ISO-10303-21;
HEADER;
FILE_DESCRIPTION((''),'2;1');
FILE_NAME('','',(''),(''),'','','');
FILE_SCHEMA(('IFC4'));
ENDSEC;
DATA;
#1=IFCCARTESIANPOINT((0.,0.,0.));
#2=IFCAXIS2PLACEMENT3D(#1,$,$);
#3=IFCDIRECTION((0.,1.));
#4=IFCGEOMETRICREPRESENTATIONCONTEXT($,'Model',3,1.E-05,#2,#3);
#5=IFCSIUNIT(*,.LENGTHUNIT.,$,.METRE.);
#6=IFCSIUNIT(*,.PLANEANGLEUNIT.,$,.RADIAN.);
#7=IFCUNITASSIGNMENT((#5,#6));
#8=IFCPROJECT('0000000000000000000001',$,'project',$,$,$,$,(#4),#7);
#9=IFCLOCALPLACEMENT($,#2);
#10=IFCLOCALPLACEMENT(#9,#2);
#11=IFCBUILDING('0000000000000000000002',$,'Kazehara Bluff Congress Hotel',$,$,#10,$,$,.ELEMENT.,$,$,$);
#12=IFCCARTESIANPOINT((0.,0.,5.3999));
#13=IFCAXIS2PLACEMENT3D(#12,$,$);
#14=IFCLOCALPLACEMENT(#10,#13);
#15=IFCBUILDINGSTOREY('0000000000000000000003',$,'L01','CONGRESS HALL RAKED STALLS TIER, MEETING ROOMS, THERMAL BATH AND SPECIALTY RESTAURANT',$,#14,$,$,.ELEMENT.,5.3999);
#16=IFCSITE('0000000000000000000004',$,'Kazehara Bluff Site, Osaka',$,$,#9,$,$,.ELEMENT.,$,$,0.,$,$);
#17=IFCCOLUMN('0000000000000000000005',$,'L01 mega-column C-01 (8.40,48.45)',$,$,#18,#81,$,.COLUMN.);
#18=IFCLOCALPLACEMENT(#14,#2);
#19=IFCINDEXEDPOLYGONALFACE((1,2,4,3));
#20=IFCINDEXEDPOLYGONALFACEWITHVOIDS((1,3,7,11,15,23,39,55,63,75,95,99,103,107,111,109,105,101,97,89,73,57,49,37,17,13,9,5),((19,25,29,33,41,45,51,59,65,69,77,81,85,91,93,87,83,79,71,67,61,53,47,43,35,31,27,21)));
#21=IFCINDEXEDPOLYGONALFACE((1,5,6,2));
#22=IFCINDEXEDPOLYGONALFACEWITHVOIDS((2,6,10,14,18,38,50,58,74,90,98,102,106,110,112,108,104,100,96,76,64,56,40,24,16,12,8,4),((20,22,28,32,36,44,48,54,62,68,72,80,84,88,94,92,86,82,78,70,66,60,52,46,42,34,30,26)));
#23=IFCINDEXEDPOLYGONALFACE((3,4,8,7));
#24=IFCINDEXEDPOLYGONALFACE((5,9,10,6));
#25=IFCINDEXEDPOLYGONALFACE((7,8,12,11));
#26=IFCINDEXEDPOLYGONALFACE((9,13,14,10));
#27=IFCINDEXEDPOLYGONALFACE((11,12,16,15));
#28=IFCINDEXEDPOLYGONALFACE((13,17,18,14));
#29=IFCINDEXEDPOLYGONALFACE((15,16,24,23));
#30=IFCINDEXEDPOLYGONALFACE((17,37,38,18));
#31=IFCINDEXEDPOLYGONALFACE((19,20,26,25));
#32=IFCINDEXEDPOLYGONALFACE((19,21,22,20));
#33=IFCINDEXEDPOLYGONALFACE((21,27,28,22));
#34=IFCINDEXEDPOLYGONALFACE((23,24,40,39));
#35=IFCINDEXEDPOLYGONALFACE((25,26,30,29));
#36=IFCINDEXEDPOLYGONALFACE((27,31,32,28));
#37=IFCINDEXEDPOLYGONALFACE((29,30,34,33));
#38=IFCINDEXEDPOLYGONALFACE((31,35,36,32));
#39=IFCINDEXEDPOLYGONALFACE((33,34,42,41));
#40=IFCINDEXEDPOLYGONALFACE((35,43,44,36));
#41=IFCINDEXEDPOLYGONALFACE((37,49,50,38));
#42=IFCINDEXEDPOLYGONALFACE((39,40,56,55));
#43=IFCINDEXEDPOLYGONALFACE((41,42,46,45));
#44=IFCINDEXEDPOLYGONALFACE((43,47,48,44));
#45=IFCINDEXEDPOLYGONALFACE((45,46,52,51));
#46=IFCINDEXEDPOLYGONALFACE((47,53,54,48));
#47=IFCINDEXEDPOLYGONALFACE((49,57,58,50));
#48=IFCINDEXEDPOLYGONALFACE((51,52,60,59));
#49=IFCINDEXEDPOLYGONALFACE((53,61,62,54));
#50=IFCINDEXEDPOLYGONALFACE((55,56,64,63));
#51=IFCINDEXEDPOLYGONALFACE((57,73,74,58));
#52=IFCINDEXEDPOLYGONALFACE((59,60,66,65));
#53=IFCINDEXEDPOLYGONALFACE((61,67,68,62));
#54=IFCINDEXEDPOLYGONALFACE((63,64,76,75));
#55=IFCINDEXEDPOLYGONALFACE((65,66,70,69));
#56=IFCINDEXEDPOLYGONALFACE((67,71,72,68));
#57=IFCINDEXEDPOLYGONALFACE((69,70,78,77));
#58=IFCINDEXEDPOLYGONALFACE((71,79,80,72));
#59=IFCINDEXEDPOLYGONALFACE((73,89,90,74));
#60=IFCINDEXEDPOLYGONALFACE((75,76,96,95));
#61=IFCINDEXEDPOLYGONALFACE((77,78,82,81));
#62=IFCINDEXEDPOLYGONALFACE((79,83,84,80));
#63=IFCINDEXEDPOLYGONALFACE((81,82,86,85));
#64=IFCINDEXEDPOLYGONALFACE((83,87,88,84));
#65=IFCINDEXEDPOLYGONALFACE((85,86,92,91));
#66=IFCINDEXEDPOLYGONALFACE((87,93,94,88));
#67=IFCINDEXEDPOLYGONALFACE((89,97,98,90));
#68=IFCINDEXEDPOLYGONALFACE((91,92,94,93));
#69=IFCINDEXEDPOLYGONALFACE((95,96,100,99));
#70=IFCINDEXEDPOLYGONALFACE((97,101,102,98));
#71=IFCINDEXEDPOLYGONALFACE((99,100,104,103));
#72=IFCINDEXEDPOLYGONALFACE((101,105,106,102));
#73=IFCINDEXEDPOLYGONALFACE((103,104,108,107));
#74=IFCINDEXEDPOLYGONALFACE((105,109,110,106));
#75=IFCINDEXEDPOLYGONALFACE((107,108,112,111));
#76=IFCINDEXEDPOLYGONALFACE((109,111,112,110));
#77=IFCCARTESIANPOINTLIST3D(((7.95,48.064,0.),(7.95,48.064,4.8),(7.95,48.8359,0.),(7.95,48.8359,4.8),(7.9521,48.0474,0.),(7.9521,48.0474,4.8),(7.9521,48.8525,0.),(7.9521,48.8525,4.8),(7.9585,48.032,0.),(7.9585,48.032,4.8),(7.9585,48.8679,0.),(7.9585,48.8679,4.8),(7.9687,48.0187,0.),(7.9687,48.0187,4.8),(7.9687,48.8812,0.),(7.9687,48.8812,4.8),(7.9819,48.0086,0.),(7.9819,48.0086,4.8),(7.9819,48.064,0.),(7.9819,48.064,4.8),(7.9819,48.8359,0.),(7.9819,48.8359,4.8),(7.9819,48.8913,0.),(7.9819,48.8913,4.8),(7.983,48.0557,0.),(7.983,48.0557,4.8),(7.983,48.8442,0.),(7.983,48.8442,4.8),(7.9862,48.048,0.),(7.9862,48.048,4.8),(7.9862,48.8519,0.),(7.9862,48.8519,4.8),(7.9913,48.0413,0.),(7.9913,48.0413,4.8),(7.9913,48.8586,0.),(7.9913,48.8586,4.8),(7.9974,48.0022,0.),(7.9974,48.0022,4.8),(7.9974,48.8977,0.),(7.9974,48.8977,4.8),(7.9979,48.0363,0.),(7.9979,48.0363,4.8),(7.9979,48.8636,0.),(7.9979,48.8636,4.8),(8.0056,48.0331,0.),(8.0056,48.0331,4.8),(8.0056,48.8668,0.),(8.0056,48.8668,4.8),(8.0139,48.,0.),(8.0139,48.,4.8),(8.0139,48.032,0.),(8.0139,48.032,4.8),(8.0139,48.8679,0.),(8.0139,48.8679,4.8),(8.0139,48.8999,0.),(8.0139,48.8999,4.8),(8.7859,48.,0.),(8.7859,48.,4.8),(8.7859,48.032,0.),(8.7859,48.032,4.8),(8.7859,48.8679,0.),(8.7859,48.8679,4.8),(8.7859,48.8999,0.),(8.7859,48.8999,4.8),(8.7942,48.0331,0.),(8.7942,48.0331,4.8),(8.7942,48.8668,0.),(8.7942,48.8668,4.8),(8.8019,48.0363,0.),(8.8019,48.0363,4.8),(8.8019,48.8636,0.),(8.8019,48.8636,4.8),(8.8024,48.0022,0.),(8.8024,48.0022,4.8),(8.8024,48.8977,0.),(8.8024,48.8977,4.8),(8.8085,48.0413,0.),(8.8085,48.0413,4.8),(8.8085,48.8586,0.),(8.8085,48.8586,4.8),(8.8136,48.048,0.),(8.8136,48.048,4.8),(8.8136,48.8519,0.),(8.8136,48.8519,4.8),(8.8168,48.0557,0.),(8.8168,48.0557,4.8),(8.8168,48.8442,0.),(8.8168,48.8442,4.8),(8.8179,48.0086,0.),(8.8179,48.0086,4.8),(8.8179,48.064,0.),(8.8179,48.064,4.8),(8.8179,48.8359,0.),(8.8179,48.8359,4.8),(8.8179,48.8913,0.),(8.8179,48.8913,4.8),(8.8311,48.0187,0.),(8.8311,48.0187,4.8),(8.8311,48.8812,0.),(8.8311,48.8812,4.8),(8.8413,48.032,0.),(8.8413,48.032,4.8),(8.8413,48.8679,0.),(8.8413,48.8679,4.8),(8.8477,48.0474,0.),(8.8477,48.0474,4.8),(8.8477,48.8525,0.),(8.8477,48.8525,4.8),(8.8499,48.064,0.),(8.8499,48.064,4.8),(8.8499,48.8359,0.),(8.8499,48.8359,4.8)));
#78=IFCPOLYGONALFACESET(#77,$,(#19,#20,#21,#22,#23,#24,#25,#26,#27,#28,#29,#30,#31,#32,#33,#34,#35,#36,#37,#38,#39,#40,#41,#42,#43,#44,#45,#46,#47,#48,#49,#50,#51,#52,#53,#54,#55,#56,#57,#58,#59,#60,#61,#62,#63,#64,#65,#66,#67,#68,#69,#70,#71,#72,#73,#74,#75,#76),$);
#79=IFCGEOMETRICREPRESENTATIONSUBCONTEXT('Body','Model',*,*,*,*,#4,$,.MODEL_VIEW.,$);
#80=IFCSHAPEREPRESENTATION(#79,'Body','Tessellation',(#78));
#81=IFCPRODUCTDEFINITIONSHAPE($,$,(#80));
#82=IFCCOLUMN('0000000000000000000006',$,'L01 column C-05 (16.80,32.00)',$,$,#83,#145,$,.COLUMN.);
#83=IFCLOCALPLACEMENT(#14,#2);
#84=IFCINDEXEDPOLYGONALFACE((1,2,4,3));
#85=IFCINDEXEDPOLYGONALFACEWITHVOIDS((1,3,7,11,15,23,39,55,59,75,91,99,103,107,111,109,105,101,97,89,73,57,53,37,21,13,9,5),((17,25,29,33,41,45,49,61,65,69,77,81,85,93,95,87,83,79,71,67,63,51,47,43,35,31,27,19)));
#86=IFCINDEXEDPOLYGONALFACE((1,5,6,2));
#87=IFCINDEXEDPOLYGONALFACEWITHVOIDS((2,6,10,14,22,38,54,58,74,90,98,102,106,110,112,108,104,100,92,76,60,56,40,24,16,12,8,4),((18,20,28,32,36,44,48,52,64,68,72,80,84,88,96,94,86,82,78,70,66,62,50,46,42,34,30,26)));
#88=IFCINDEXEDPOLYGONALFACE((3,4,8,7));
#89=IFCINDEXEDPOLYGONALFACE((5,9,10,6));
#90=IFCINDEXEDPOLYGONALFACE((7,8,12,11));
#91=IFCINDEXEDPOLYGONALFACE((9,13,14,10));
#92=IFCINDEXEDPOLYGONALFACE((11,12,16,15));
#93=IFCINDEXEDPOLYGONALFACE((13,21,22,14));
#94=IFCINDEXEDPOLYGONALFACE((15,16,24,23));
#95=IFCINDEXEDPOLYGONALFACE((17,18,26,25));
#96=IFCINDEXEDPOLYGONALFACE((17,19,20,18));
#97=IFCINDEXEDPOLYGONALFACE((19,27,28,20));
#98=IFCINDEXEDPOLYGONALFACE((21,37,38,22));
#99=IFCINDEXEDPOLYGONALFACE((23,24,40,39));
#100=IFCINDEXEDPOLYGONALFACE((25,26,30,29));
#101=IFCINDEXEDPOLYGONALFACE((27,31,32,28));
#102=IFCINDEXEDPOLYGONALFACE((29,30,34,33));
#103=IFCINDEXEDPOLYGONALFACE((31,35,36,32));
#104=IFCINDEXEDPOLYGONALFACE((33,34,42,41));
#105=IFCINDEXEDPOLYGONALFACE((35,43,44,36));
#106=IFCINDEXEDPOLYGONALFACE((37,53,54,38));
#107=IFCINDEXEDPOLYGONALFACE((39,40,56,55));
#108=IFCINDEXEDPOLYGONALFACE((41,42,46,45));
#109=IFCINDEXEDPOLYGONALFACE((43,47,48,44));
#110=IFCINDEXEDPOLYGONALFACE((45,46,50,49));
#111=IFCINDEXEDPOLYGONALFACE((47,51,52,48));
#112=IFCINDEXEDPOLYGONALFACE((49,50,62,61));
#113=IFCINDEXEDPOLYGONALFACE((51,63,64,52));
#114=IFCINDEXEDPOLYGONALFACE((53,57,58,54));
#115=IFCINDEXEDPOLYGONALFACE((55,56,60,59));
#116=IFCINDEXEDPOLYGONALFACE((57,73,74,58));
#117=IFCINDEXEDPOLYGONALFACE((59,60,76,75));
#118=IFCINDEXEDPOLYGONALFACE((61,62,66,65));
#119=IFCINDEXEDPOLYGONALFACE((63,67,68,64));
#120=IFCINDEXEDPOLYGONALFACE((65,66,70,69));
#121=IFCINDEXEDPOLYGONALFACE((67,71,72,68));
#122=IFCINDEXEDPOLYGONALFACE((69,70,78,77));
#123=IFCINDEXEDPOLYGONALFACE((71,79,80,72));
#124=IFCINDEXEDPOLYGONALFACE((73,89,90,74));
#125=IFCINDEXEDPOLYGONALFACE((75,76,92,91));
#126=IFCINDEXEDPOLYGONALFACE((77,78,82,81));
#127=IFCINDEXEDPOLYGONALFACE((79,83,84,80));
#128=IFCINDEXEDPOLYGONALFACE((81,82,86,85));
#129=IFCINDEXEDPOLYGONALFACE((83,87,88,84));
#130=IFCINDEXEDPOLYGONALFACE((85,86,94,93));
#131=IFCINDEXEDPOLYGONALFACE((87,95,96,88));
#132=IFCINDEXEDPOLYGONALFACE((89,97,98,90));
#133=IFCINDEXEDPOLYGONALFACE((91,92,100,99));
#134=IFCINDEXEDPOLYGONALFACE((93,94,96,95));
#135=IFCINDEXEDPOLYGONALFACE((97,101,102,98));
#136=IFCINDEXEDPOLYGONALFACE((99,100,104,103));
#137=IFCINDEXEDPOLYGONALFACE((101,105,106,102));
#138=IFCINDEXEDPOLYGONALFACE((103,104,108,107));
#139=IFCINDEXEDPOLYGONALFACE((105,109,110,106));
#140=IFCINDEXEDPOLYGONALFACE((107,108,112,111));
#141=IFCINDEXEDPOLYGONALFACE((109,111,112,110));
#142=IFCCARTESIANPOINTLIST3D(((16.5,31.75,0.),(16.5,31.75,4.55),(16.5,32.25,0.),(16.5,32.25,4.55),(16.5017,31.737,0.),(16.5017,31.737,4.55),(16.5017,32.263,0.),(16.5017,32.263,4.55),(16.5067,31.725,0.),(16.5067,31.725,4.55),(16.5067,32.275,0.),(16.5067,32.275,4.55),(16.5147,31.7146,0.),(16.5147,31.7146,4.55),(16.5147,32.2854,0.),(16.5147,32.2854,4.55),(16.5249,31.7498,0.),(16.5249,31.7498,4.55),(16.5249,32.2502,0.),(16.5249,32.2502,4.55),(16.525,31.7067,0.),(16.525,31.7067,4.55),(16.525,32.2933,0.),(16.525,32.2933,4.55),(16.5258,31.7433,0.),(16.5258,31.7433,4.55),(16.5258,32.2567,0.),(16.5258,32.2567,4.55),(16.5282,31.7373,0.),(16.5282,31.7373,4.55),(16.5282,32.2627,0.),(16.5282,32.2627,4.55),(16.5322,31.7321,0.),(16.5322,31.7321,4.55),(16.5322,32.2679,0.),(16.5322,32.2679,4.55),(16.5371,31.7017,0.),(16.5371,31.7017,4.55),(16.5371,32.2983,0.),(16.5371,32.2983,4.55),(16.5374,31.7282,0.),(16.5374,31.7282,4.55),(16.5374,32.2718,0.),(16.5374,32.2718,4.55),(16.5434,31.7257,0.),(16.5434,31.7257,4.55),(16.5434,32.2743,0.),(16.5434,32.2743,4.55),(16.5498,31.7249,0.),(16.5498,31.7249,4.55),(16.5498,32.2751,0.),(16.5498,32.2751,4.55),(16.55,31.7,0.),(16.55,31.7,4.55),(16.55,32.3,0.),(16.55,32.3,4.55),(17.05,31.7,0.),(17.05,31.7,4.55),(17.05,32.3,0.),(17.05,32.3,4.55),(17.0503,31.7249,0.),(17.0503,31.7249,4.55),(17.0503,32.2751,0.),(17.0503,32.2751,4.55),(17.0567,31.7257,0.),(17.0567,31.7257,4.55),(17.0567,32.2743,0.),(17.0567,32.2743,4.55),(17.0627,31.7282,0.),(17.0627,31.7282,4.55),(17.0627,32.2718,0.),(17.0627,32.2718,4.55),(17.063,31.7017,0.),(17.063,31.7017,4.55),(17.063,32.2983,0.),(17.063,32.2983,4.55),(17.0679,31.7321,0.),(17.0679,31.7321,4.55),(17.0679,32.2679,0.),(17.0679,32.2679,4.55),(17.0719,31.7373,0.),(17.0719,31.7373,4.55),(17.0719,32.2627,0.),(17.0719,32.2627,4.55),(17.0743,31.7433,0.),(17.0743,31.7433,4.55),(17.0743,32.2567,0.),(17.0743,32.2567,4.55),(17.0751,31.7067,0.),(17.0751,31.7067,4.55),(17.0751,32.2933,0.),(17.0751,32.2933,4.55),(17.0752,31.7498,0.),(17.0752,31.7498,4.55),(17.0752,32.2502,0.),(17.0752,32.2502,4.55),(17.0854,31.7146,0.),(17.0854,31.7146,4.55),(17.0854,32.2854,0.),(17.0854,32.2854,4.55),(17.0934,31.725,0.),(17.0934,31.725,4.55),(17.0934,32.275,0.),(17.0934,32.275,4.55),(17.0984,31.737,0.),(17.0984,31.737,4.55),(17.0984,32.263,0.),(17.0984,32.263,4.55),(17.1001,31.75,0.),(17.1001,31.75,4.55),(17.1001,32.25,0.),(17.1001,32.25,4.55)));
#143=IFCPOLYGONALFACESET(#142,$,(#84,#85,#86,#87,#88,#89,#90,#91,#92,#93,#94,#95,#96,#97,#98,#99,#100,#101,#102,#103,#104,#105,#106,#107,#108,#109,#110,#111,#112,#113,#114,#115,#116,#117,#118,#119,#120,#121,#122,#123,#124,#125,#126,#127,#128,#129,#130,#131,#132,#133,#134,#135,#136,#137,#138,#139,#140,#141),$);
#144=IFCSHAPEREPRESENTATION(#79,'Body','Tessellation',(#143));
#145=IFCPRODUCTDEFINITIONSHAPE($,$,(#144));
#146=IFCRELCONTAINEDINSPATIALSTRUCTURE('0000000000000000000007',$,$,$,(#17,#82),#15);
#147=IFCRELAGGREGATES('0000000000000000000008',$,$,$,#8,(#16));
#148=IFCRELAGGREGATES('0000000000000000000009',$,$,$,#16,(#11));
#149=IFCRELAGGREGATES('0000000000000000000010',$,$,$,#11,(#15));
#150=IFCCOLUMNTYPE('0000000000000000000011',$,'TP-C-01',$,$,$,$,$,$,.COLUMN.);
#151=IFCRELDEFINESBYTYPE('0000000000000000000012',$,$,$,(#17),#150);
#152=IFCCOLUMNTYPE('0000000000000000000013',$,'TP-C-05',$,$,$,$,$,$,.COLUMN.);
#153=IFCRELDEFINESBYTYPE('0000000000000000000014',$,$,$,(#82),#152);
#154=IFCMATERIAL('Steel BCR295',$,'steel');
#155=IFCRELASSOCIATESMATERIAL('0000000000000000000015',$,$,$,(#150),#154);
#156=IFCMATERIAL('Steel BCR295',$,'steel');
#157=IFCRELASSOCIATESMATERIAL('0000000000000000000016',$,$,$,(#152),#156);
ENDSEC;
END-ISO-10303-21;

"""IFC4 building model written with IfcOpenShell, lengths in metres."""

from ifc_helpers import new_model, si_unit, direction, frame, origin, origin_2d, place, context, subcontext, project, spatial, hollow_rectangle, extrude, material, material_profile, profile_set, type_object, element, save


model = new_model("IFC4")

# Units and contexts
model_context = context("Model", 3, precision=1e-05, world=origin(), true_north=direction((0.0, 1.0)))
body_context = subcontext(model_context, "Body", "Model", "MODEL_VIEW")
ifc_project = project(units=[si_unit("LENGTHUNIT", "METRE"), si_unit("PLANEANGLEUNIT", "RADIAN")], contexts=[model_context])

# Site, building, storey
site_placement = place(None, origin())
site = spatial("IfcSite", under=ifc_project, at=site_placement, Name="Kazehara Bluff Site, Osaka", CompositionType="ELEMENT", RefElevation=0.0)
building_placement = place(site_placement, origin())
building = spatial("IfcBuilding", under=site, at=building_placement, Name="Kazehara Bluff Congress Hotel", CompositionType="ELEMENT")
storey_placement = place(building_placement, frame((0.0, 0.0, 5.3999)))
storey = spatial("IfcBuildingStorey", under=building, at=storey_placement, Name="L01", Description="CONGRESS HALL RAKED STALLS TIER, MEETING ROOMS, THERMAL BATH AND SPECIALTY RESTAURANT", CompositionType="ELEMENT", Elevation=5.3999)

# Columns
ifc_material_1 = material(Name="Steel BCR295", Category="steel")
ifc_material_profile_1 = material_profile(ifc_material_1, hollow_rectangle(XDim=0.8999, YDim=0.8999, WallThickness=0.032, InnerFilletRadius=0.032, OuterFilletRadius=0.064, at=origin_2d()))
ifc_profile_set_1 = profile_set([ifc_material_profile_1], Name="Steel BCR295")
column_type_1 = type_object("IfcColumnType", Name="TP-C-01", PredefinedType="COLUMN", material=ifc_profile_set_1)
column_1_placement = place(storey_placement, frame((8.3999, 48.45, 0.0), z_axis=(0.0, 0.0, 1.0), x_axis=(1.0, 0.0, 0.0)))
element("IfcColumn", 1, at=column_1_placement, inside=storey, type_object=column_type_1, Name="L01 mega-column C-01 (8.40,48.45)", PredefinedType="COLUMN", context=body_context, shape_type="SweptSolid", body=[
    extrude(hollow_rectangle(XDim=0.8999, YDim=0.8999, WallThickness=0.032, InnerFilletRadius=0.032, OuterFilletRadius=0.064, at=origin_2d()), origin(), (0.0, 0.0, 1.0), 4.8),
])
ifc_material_2 = material(Name="Steel BCR295", Category="steel")
ifc_material_profile_2 = material_profile(ifc_material_2, hollow_rectangle(XDim=0.6001, YDim=0.6001, WallThickness=0.0249, InnerFilletRadius=0.0249, OuterFilletRadius=0.05, at=origin_2d()))
ifc_profile_set_2 = profile_set([ifc_material_profile_2], Name="Steel BCR295")
column_type_2 = type_object("IfcColumnType", Name="TP-C-05", PredefinedType="COLUMN", material=ifc_profile_set_2)
column_2_placement = place(storey_placement, frame((16.8, 32.0, 0.0), z_axis=(0.0, 0.0, 1.0), x_axis=(1.0, 0.0, 0.0)))
element("IfcColumn", 2, at=column_2_placement, inside=storey, type_object=column_type_2, Name="L01 column C-05 (16.80,32.00)", PredefinedType="COLUMN", context=body_context, shape_type="SweptSolid", body=[
    extrude(hollow_rectangle(XDim=0.6001, YDim=0.6001, WallThickness=0.0249, InnerFilletRadius=0.0249, OuterFilletRadius=0.05, at=origin_2d()), origin(), (0.0, 0.0, 1.0), 4.55),
])

save(model, "model.ifc")
